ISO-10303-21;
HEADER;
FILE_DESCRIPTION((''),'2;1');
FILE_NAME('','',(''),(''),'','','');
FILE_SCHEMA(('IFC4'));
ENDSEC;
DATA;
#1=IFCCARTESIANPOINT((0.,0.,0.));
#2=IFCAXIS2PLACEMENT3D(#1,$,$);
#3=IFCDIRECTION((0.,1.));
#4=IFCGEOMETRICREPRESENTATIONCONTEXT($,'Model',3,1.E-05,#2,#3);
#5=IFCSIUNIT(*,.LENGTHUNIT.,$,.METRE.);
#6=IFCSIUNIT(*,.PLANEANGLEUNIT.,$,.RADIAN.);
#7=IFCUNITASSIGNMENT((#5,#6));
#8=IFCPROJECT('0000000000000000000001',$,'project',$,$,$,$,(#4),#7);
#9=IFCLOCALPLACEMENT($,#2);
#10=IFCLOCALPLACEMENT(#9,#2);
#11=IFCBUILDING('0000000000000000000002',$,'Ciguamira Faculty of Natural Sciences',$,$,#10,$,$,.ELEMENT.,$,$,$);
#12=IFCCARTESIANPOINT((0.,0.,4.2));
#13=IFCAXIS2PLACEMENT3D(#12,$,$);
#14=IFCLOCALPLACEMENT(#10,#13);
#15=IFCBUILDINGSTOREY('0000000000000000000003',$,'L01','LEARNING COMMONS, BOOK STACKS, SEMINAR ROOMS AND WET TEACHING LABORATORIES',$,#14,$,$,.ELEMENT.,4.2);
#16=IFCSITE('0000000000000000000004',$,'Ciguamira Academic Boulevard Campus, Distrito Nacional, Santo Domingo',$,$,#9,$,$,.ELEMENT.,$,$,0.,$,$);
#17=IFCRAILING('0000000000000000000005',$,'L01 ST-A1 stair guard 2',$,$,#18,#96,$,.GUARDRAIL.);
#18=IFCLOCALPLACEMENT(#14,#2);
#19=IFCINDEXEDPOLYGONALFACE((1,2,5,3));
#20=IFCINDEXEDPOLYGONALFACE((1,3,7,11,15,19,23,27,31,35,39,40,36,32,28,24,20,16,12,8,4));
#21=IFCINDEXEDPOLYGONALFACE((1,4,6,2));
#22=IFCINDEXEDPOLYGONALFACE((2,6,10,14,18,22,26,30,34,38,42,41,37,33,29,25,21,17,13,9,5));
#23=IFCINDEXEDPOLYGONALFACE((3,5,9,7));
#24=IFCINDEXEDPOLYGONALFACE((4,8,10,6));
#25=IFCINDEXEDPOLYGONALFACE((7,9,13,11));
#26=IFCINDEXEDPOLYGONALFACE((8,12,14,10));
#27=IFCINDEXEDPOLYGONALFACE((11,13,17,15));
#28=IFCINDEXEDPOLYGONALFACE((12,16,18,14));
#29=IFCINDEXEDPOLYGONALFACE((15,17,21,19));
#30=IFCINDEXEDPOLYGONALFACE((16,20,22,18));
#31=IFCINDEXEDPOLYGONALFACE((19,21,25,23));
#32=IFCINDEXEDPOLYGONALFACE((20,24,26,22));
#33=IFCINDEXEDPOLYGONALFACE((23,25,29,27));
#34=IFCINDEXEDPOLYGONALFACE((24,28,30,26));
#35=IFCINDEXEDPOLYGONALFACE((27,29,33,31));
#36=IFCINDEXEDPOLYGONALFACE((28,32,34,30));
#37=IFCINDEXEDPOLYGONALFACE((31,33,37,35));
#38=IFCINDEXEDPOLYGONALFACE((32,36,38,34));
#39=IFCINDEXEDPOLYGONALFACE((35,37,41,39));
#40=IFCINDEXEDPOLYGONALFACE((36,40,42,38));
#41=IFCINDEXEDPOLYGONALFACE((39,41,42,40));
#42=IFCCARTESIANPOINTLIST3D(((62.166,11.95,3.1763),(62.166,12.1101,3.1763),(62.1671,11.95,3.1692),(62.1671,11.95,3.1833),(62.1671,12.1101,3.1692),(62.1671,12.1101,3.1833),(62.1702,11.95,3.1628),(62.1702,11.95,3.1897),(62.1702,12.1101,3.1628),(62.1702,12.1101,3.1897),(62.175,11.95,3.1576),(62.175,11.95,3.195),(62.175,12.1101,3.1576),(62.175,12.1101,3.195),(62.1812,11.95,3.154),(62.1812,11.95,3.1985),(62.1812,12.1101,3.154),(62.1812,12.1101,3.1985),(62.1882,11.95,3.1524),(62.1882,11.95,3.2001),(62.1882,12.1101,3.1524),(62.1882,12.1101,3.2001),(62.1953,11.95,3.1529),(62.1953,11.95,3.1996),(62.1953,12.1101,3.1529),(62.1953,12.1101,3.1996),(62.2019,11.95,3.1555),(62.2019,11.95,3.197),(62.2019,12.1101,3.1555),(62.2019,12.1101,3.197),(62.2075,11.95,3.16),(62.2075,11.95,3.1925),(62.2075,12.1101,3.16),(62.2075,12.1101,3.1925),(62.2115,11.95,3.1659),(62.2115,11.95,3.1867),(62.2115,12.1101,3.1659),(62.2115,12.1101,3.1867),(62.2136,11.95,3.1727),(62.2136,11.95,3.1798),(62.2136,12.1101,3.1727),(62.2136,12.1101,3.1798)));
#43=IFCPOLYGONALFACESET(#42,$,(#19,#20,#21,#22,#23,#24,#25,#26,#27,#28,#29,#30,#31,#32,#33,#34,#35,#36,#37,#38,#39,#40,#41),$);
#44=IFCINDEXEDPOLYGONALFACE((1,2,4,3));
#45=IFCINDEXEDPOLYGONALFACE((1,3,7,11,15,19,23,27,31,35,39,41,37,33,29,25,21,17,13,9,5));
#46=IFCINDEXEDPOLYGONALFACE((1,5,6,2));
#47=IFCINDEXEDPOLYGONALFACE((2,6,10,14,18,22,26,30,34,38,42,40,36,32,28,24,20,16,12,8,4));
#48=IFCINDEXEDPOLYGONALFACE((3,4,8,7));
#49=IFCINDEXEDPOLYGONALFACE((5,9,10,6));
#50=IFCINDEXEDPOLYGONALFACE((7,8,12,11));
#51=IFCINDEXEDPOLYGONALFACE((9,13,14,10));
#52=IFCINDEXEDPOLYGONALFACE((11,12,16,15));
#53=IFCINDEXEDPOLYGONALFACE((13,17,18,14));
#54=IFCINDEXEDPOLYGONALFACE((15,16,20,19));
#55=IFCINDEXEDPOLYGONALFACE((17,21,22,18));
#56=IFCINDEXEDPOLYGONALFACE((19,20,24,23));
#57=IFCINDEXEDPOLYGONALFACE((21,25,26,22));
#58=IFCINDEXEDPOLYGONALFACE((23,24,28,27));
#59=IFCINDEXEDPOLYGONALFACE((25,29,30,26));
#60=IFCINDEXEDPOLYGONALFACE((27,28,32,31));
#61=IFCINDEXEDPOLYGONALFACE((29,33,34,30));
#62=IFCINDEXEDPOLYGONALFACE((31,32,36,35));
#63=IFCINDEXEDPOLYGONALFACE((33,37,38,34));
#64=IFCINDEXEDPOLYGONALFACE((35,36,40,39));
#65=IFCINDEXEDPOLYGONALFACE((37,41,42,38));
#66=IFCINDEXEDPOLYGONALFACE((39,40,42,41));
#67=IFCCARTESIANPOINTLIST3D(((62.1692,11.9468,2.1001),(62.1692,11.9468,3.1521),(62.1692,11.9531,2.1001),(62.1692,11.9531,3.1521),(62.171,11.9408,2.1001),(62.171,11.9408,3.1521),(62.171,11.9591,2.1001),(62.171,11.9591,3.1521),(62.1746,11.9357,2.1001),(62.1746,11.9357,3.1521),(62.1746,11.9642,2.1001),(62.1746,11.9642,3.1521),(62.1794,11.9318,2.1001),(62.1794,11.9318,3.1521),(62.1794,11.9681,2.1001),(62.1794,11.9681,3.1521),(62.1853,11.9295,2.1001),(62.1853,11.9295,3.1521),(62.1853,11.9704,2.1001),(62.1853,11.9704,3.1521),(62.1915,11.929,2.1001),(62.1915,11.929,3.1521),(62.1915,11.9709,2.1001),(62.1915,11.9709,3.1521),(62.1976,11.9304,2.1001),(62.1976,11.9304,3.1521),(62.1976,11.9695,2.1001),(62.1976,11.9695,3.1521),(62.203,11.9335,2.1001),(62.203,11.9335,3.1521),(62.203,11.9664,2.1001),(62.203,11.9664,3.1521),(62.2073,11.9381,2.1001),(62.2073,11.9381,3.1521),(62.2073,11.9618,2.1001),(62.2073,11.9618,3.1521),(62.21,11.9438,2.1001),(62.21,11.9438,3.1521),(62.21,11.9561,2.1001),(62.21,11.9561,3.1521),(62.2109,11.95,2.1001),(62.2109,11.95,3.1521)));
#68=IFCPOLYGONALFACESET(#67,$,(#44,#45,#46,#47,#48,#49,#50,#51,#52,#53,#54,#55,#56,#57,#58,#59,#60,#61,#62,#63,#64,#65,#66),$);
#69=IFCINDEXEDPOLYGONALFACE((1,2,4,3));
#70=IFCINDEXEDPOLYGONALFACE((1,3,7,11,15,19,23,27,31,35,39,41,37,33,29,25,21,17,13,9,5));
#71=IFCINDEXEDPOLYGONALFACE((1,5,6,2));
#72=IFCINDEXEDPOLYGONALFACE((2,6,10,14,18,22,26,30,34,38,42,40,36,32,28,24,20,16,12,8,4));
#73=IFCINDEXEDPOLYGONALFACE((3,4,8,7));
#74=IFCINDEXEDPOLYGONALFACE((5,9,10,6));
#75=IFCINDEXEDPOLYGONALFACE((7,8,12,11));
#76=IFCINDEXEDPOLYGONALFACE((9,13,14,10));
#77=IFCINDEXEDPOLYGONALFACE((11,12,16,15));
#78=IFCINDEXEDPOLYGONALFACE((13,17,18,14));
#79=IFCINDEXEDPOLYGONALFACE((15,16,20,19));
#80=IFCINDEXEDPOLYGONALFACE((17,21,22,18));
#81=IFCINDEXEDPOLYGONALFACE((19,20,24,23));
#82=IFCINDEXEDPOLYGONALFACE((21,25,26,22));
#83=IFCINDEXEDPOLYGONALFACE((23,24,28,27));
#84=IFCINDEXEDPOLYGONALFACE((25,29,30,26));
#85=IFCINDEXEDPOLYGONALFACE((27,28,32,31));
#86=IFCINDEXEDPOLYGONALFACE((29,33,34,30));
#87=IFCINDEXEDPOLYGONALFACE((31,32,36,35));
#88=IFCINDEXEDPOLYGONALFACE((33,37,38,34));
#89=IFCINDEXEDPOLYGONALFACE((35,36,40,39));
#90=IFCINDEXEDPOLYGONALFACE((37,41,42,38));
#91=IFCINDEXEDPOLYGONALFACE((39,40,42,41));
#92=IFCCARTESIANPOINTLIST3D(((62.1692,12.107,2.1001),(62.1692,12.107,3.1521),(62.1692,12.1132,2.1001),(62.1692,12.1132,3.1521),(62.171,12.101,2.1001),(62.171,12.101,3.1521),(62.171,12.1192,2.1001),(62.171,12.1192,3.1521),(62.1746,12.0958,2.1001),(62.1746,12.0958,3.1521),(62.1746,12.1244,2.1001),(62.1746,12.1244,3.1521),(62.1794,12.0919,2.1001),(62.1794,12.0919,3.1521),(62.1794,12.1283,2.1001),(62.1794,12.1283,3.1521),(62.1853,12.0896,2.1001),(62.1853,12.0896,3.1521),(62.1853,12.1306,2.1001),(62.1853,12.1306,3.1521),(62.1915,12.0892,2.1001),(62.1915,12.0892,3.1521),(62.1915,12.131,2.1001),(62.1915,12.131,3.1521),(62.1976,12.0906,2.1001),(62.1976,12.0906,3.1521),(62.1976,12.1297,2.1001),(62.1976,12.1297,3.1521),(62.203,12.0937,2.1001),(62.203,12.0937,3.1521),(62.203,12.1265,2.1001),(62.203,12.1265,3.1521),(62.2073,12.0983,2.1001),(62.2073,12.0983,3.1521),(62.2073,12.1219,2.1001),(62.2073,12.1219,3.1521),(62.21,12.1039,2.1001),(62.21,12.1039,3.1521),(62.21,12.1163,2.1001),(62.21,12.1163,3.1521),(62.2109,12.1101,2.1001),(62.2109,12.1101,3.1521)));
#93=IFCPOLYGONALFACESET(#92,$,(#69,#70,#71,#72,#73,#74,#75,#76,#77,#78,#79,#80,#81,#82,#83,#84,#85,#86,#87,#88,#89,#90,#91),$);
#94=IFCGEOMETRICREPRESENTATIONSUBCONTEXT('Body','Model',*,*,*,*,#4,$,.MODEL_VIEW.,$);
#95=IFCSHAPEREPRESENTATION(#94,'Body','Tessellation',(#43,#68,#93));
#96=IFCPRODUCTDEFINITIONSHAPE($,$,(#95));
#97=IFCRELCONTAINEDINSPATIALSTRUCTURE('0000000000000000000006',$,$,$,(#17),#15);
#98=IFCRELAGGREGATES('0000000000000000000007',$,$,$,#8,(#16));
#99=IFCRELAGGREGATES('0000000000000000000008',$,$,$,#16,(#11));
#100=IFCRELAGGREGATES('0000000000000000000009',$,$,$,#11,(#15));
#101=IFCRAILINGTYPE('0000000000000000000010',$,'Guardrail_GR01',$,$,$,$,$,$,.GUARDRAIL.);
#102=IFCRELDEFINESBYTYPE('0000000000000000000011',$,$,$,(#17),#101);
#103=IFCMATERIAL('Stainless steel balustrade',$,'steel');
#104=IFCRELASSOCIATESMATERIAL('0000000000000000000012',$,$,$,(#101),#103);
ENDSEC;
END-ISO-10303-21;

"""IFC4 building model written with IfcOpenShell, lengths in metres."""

from ifc_helpers import new_model, si_unit, direction, frame, origin, origin_2d, place, context, subcontext, project, spatial, circle, extrude, material, type_object, element, save


model = new_model("IFC4")

# Units and contexts
model_context = context("Model", 3, precision=1e-05, world=origin(), true_north=direction((0.0, 1.0)))
body_context = subcontext(model_context, "Body", "Model", "MODEL_VIEW")
ifc_project = project(units=[si_unit("LENGTHUNIT", "METRE"), si_unit("PLANEANGLEUNIT", "RADIAN")], contexts=[model_context])

# Site, building, storey
site_placement = place(None, origin())
site = spatial("IfcSite", under=ifc_project, at=site_placement, Name="Ciguamira Academic Boulevard Campus, Distrito Nacional, Santo Domingo", CompositionType="ELEMENT", RefElevation=0.0)
building_placement = place(site_placement, origin())
building = spatial("IfcBuilding", under=site, at=building_placement, Name="Ciguamira Faculty of Natural Sciences", CompositionType="ELEMENT")
storey_placement = place(building_placement, frame((0.0, 0.0, 4.2)))
storey = spatial("IfcBuildingStorey", under=building, at=storey_placement, Name="L01", Description="LEARNING COMMONS, BOOK STACKS, SEMINAR ROOMS AND WET TEACHING LABORATORIES", CompositionType="ELEMENT", Elevation=4.2)

# Railing
ifc_material_1 = material(Name="Stainless steel balustrade", Category="steel")
railing_type_1 = type_object("IfcRailingType", Name="Guardrail_GR01", PredefinedType="GUARDRAIL", material=ifc_material_1)
railing_1_placement = place(storey_placement, frame((62.1899, 11.95, 2.1001)))
element("IfcRailing", 1, at=railing_1_placement, inside=storey, type_object=railing_type_1, Name="L01 ST-A1 stair guard 2", PredefinedType="GUARDRAIL", context=body_context, shape_type="SweptSolid", body=[
    extrude(circle(Radius=0.0239, at=origin_2d()), frame((0.0, 0.0, 1.0762), z_axis=(0.0, 1.0, 0.0), x_axis=(-1.0, 0.0, 0.0)), (0.0, 0.0, 1.0), 0.1602),
    extrude(circle(Radius=0.021, at=origin_2d()), origin(), (0.0, 0.0, 1.0), 1.052),
    extrude(circle(Radius=0.021, at=origin_2d()), frame((0.0, 0.1602, 0.0)), (0.0, 0.0, 1.0), 1.052),
])

save(model, "model.ifc")
